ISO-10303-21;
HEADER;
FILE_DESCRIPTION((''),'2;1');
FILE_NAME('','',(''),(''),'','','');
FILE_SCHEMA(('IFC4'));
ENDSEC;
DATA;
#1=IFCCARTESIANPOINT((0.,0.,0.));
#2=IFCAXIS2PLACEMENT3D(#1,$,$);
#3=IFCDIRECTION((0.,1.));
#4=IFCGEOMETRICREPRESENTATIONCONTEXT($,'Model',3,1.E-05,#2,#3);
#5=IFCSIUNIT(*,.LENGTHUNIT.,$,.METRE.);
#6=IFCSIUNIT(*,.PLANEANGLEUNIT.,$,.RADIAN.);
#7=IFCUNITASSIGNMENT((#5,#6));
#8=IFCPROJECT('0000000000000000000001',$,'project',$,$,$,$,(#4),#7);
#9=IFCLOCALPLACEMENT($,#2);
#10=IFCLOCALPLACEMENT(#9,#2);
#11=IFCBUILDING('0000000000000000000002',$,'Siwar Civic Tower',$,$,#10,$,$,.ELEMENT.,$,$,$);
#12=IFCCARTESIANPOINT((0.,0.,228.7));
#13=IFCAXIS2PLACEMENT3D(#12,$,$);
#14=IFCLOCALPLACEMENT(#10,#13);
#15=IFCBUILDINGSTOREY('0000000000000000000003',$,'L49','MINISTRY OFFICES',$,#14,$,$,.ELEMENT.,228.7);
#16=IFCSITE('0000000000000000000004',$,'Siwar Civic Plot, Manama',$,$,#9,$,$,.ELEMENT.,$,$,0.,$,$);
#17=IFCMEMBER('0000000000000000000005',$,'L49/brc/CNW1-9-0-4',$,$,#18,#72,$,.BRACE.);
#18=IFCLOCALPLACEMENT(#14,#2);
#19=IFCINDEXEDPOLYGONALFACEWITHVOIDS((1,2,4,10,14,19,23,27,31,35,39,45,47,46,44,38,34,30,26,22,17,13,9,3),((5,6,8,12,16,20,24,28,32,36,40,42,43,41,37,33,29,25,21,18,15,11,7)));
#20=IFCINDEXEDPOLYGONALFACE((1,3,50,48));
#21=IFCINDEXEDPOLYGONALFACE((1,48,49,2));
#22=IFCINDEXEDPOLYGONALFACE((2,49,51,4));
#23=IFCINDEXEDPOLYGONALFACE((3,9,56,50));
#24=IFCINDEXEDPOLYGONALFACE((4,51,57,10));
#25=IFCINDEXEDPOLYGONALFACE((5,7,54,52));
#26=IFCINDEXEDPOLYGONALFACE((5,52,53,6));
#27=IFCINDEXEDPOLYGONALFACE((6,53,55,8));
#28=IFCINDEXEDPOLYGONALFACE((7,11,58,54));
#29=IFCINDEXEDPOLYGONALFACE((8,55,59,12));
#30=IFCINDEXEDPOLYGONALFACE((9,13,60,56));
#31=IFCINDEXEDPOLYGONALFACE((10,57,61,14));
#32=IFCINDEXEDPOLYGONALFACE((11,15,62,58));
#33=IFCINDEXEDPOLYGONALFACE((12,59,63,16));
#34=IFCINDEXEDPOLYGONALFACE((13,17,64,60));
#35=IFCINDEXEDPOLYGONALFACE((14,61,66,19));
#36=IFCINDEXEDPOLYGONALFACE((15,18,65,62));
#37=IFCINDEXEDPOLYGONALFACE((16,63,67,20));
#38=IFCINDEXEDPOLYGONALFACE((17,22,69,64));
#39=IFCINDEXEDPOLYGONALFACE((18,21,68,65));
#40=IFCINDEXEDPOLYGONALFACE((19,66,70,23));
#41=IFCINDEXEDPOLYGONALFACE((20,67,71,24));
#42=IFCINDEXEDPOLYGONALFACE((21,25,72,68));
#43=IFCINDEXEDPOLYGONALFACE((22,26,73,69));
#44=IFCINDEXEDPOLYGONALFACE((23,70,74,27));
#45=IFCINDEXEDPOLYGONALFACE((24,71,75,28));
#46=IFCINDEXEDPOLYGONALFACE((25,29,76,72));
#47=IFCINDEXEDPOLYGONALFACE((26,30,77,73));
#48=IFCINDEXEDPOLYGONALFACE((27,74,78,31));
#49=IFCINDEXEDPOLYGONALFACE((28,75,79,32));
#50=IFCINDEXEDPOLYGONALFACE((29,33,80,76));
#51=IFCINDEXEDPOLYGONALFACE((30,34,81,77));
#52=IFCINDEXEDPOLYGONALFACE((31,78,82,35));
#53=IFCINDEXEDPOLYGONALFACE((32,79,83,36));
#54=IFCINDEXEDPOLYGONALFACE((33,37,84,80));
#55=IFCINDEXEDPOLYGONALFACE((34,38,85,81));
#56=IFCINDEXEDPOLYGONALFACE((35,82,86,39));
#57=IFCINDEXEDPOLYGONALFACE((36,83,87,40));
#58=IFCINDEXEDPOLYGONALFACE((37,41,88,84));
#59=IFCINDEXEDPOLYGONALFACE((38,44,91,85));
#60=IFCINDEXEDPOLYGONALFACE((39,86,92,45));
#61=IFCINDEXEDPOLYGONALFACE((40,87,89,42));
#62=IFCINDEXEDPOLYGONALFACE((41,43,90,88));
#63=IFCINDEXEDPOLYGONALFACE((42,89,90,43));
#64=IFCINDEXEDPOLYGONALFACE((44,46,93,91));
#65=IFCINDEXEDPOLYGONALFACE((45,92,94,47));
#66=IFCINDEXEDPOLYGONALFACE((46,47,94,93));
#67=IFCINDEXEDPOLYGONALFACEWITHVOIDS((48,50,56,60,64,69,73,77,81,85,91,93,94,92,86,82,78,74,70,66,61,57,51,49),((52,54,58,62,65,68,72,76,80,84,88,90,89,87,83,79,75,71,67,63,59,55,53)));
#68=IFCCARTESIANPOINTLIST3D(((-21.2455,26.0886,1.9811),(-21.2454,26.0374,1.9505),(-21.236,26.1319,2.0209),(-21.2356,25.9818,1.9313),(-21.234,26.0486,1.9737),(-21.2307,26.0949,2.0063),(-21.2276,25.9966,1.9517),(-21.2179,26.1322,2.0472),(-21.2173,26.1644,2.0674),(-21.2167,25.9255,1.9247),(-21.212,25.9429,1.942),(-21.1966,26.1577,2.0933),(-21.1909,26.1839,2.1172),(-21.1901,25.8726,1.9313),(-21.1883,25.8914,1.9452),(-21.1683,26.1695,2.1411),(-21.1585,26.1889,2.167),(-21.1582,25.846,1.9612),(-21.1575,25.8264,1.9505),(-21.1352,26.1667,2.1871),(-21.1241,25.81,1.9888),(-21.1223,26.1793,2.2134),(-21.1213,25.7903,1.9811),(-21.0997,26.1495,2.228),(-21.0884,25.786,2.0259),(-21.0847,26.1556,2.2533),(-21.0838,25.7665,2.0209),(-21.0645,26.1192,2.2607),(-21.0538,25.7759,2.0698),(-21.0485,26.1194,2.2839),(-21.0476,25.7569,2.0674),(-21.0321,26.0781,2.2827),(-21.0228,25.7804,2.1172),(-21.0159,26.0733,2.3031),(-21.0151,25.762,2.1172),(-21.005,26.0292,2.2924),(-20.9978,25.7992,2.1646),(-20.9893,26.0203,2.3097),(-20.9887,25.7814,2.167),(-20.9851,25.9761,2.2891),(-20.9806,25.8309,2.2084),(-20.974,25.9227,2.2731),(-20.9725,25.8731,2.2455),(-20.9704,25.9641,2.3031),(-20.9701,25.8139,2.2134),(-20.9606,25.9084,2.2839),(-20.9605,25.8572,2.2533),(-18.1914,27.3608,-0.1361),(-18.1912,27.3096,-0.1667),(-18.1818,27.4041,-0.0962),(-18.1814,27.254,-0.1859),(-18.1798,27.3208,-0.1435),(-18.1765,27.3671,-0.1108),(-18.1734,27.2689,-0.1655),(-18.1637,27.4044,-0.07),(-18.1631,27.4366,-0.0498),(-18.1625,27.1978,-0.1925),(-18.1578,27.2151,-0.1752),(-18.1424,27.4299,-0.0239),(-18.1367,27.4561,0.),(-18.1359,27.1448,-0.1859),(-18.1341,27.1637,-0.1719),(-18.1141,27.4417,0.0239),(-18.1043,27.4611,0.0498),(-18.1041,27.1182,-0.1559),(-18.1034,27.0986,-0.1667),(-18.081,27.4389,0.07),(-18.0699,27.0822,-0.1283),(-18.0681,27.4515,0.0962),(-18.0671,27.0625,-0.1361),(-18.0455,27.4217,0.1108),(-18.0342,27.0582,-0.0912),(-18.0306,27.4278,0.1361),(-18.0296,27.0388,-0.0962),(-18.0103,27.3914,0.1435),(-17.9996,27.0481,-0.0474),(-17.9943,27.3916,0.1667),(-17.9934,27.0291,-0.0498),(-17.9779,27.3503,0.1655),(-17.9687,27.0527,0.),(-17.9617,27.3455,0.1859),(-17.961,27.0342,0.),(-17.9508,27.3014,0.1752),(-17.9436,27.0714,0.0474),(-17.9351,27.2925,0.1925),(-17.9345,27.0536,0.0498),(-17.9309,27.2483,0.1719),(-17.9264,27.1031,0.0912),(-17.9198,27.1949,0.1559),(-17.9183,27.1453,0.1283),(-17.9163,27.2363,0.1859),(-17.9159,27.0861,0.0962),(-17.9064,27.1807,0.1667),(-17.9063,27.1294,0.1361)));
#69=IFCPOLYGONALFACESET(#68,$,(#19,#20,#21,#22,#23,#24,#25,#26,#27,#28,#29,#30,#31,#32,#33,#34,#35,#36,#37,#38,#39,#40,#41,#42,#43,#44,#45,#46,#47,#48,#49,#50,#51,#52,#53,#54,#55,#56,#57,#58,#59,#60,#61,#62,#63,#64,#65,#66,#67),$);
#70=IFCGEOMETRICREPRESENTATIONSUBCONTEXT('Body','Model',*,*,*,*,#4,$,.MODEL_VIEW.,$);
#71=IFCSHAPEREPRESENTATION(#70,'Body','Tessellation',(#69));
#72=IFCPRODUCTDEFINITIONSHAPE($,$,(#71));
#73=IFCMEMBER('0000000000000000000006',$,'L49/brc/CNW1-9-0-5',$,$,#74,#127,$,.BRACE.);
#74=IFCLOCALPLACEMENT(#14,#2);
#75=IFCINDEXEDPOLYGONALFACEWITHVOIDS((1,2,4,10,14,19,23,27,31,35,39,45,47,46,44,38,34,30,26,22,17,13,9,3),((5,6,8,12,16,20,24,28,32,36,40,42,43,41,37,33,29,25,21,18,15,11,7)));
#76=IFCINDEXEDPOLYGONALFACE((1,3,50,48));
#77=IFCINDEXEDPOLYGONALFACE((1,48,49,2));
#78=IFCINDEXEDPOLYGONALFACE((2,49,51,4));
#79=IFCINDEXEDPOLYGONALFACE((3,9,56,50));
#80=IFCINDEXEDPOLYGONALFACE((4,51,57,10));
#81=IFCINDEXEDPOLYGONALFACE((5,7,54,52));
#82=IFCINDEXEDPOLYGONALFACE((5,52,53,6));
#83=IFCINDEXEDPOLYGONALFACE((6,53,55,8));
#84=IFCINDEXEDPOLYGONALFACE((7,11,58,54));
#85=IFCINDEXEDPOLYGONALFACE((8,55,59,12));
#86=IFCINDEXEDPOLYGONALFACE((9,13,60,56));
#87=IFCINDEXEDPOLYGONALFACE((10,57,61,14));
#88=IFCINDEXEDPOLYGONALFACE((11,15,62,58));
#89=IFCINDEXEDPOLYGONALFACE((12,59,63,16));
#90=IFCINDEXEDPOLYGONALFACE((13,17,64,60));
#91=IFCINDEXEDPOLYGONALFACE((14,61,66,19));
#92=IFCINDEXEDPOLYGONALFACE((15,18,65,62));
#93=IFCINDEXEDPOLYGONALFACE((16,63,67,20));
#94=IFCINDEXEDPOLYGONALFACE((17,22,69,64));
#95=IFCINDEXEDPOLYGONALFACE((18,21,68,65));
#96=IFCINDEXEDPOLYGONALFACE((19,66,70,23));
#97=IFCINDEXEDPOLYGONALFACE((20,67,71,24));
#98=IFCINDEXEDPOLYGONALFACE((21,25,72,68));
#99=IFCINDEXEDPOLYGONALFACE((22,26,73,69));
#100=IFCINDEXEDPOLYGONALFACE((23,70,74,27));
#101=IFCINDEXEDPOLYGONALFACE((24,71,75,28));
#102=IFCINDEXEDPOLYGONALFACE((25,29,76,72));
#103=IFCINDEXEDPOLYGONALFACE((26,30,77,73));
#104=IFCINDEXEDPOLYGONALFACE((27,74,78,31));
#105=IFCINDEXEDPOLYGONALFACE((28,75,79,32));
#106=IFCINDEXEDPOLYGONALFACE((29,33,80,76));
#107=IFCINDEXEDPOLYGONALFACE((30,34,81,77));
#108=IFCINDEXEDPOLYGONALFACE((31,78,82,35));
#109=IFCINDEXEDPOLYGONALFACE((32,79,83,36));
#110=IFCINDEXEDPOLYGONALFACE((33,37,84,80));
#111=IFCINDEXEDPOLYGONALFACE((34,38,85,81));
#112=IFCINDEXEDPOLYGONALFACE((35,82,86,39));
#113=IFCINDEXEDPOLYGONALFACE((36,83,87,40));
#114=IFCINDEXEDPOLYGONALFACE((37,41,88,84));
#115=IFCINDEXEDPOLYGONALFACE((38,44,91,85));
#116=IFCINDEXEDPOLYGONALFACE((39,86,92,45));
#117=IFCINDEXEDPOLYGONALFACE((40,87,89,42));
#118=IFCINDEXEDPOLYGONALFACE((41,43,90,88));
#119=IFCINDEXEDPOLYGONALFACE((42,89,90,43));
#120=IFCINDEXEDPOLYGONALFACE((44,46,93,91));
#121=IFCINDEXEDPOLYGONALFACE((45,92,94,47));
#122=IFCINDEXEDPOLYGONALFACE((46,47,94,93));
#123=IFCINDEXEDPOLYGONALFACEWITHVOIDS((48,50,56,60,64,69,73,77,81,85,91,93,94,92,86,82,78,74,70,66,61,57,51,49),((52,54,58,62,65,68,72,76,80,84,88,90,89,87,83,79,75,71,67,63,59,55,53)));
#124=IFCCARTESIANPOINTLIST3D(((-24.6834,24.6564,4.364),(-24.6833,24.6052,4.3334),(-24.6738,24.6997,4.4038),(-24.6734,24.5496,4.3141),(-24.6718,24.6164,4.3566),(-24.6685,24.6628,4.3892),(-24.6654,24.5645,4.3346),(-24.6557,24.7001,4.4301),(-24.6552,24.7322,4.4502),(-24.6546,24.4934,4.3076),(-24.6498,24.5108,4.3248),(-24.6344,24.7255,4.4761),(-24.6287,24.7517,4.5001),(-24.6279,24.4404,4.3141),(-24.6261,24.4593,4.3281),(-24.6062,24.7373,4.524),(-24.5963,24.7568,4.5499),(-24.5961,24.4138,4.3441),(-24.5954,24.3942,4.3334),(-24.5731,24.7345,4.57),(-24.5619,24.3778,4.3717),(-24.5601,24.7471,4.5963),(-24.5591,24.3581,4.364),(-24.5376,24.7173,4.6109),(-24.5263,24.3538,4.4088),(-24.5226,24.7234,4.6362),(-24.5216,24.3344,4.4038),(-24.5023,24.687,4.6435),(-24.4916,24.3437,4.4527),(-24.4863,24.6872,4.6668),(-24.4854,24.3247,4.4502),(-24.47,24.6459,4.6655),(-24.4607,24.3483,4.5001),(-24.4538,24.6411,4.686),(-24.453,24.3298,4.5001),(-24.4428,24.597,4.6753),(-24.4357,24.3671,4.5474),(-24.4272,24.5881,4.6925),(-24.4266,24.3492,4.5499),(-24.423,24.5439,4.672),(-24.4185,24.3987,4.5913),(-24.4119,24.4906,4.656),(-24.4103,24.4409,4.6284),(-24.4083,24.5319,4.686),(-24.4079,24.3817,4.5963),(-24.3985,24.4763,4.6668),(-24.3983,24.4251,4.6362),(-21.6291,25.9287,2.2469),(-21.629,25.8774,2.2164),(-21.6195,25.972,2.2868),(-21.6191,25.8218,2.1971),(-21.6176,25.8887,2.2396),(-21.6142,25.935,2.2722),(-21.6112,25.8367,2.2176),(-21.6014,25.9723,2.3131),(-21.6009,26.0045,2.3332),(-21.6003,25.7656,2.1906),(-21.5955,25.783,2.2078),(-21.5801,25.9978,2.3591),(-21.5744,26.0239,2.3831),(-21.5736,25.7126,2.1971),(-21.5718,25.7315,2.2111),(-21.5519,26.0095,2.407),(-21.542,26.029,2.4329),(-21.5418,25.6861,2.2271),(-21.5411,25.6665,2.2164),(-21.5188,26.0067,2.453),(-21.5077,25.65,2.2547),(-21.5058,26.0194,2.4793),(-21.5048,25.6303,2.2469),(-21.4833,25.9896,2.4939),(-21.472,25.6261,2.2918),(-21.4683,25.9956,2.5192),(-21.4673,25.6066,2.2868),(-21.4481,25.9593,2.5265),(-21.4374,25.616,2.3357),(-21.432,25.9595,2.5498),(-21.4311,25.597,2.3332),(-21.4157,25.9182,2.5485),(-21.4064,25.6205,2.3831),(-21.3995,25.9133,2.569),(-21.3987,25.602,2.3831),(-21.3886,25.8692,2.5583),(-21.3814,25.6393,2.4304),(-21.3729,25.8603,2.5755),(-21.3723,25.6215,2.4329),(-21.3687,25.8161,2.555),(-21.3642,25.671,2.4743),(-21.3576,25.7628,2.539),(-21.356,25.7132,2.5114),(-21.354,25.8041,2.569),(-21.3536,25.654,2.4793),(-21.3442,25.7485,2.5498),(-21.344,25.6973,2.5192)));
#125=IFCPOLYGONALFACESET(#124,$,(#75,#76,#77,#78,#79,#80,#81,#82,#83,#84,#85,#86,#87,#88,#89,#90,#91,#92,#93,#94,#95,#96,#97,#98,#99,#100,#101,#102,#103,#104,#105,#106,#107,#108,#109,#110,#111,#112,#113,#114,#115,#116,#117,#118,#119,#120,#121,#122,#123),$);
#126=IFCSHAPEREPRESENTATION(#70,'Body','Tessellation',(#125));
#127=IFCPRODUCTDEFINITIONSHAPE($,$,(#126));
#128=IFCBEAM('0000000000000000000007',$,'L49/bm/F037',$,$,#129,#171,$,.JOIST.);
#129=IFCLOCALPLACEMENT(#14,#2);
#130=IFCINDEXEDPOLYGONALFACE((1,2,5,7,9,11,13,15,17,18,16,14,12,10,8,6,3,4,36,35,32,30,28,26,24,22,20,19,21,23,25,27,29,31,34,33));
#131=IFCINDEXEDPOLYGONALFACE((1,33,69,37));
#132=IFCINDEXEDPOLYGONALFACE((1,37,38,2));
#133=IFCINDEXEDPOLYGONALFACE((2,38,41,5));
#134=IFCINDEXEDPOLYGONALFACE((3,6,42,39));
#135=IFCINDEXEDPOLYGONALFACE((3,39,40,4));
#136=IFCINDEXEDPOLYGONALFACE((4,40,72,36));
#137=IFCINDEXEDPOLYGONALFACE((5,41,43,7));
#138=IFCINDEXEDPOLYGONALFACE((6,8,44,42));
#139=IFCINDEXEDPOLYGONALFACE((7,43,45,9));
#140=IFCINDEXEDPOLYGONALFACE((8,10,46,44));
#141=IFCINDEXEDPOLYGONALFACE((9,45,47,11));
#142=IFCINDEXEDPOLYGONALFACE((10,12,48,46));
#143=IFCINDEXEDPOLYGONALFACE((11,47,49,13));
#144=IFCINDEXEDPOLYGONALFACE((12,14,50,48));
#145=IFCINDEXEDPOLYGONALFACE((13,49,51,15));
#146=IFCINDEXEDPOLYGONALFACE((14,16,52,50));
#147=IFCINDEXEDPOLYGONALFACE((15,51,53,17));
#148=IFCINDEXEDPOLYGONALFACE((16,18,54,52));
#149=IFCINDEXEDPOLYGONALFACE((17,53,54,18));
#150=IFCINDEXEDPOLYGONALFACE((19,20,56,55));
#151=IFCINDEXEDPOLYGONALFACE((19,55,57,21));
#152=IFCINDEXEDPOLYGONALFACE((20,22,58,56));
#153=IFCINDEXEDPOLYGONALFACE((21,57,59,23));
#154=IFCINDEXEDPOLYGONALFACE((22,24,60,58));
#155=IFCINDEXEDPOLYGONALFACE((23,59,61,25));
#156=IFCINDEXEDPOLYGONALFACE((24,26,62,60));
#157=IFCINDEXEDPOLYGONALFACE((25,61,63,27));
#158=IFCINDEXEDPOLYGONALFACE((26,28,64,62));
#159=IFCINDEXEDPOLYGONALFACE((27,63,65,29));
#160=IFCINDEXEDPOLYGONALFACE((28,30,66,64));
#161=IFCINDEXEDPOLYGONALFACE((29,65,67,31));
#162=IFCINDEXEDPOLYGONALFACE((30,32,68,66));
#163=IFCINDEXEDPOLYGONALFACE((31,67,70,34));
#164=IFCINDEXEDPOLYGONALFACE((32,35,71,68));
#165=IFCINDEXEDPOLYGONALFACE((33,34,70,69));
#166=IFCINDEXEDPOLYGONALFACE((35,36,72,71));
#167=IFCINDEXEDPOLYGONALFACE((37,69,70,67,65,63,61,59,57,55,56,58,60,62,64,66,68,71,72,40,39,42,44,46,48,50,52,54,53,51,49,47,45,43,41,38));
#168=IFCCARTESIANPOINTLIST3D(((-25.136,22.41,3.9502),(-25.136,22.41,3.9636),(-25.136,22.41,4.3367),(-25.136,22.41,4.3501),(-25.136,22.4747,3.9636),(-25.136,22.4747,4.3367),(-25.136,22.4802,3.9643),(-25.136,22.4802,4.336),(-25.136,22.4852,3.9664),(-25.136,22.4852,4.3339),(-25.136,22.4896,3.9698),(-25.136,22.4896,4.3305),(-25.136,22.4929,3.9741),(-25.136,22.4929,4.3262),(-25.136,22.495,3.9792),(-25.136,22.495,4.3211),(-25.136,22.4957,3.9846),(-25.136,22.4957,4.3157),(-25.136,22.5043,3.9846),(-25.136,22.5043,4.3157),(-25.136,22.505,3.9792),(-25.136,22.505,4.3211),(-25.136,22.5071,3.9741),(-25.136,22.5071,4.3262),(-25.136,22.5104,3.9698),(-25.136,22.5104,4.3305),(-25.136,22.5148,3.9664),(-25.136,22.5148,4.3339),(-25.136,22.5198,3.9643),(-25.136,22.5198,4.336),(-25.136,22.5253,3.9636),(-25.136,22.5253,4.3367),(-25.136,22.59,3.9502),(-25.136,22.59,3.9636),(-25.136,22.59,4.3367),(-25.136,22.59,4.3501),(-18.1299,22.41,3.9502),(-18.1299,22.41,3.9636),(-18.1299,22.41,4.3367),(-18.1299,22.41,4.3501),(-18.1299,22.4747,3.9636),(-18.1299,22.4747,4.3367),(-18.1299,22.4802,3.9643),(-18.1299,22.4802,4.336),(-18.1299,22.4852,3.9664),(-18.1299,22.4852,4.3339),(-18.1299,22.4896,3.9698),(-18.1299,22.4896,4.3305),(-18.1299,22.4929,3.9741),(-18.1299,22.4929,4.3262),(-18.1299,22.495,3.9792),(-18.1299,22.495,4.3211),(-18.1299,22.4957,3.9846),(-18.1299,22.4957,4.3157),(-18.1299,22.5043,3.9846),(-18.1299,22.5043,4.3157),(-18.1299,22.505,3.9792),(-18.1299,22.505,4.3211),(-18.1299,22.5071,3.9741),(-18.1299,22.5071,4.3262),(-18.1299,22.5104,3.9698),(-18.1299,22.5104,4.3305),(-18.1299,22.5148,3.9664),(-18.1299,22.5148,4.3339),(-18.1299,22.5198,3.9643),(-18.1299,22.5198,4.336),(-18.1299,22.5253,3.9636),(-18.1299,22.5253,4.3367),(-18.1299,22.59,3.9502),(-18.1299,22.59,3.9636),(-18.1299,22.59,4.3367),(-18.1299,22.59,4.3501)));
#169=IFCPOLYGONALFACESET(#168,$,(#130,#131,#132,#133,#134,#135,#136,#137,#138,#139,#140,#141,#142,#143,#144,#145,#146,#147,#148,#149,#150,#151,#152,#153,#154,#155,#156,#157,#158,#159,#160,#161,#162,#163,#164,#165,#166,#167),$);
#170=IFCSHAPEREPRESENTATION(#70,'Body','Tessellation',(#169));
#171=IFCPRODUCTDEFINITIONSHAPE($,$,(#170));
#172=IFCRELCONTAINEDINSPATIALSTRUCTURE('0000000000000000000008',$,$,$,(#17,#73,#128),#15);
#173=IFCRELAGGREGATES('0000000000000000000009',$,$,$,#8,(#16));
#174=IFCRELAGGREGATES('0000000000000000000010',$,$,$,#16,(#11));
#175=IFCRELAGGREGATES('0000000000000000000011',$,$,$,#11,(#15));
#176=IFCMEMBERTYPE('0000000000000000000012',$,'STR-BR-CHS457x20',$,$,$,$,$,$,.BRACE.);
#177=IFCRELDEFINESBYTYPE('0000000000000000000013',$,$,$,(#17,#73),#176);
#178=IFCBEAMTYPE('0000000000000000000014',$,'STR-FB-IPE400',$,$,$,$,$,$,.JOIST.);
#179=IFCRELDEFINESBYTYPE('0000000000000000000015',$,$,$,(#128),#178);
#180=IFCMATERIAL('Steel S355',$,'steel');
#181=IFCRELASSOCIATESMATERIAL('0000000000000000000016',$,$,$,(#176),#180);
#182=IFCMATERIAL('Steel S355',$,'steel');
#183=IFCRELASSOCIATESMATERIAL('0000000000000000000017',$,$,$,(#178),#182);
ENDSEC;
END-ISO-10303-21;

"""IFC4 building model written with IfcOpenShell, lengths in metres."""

from ifc_helpers import new_model, si_unit, direction, frame, origin, origin_2d, place, context, subcontext, project, spatial, hollow_circle, i_section, extrude, material, material_profile, profile_set, type_object, element, save


model = new_model("IFC4")

# Units and contexts
model_context = context("Model", 3, precision=1e-05, world=origin(), true_north=direction((0.0, 1.0)))
body_context = subcontext(model_context, "Body", "Model", "MODEL_VIEW")
ifc_project = project(units=[si_unit("LENGTHUNIT", "METRE"), si_unit("PLANEANGLEUNIT", "RADIAN")], contexts=[model_context])

# Site, building, storey
site_placement = place(None, origin())
site = spatial("IfcSite", under=ifc_project, at=site_placement, Name="Siwar Civic Plot, Manama", CompositionType="ELEMENT", RefElevation=0.0)
building_placement = place(site_placement, origin())
building = spatial("IfcBuilding", under=site, at=building_placement, Name="Siwar Civic Tower", CompositionType="ELEMENT")
storey_placement = place(building_placement, frame((0.0, 0.0, 228.7)))
storey = spatial("IfcBuildingStorey", under=building, at=storey_placement, Name="L49", Description="MINISTRY OFFICES", CompositionType="ELEMENT", Elevation=228.7)

# Members
ifc_material_1 = material(Name="Steel S355", Category="steel")
ifc_material_profile_1 = material_profile(ifc_material_1, hollow_circle(Radius=0.2285, WallThickness=0.02, at=origin_2d()), Name="CHS457x20")
ifc_profile_set_1 = profile_set([ifc_material_profile_1], Name="Steel S355")
member_type_1 = type_object("IfcMemberType", Name="STR-BR-CHS457x20", PredefinedType="BRACE", material=ifc_profile_set_1)
for number, where, z_axis, x_axis, name in (
    (1, (-18.0488, 27.2451, 0.0), (-0.777546, -0.323884, 0.538999), (0.384521, -0.923116, 0.0), "L49/brc/CNW1-9-0-4"),
    (2, (-21.4866, 25.813, 2.3831), (-0.777572, -0.323895, 0.538955), (0.384521, -0.923116, 0.0), "L49/brc/CNW1-9-0-5"),
):
    element("IfcMember", number, at=place(storey_placement, frame(where, z_axis=z_axis, x_axis=x_axis)), inside=storey, type_object=member_type_1, Name=name, PredefinedType="BRACE", context=body_context, shape_type="SweptSolid", body=[
        extrude(hollow_circle(Radius=0.2285, WallThickness=0.02, at=origin_2d()), origin(), (0.0, 0.0, 1.0), 3.928),
    ])

# Beam
ifc_material_2 = material(Name="Steel S355", Category="steel")
ifc_material_profile_2 = material_profile(ifc_material_2, i_section(OverallWidth=0.1799, OverallDepth=0.3999, WebThickness=0.0085, FlangeThickness=0.0134, FilletRadius=0.021, at=origin_2d()), Name="IPE400")
ifc_profile_set_2 = profile_set([ifc_material_profile_2], Name="Steel S355")
beam_type_1 = type_object("IfcBeamType", Name="STR-FB-IPE400", PredefinedType="JOIST", material=ifc_profile_set_2)
beam_1_placement = place(storey_placement, frame((-25.136, 22.5, 4.1501), z_axis=(1.0, 0.0, 0.0), x_axis=(0.0, 1.0, 0.0)))
element("IfcBeam", 3, at=beam_1_placement, inside=storey, type_object=beam_type_1, Name="L49/bm/F037", PredefinedType="JOIST", context=body_context, shape_type="SweptSolid", body=[
    extrude(i_section(OverallWidth=0.1799, OverallDepth=0.3999, WebThickness=0.0085, FlangeThickness=0.0134, FilletRadius=0.021, at=origin_2d()), origin(), (0.0, 0.0, 1.0), 7.0061),
])

save(model, "model.ifc")
